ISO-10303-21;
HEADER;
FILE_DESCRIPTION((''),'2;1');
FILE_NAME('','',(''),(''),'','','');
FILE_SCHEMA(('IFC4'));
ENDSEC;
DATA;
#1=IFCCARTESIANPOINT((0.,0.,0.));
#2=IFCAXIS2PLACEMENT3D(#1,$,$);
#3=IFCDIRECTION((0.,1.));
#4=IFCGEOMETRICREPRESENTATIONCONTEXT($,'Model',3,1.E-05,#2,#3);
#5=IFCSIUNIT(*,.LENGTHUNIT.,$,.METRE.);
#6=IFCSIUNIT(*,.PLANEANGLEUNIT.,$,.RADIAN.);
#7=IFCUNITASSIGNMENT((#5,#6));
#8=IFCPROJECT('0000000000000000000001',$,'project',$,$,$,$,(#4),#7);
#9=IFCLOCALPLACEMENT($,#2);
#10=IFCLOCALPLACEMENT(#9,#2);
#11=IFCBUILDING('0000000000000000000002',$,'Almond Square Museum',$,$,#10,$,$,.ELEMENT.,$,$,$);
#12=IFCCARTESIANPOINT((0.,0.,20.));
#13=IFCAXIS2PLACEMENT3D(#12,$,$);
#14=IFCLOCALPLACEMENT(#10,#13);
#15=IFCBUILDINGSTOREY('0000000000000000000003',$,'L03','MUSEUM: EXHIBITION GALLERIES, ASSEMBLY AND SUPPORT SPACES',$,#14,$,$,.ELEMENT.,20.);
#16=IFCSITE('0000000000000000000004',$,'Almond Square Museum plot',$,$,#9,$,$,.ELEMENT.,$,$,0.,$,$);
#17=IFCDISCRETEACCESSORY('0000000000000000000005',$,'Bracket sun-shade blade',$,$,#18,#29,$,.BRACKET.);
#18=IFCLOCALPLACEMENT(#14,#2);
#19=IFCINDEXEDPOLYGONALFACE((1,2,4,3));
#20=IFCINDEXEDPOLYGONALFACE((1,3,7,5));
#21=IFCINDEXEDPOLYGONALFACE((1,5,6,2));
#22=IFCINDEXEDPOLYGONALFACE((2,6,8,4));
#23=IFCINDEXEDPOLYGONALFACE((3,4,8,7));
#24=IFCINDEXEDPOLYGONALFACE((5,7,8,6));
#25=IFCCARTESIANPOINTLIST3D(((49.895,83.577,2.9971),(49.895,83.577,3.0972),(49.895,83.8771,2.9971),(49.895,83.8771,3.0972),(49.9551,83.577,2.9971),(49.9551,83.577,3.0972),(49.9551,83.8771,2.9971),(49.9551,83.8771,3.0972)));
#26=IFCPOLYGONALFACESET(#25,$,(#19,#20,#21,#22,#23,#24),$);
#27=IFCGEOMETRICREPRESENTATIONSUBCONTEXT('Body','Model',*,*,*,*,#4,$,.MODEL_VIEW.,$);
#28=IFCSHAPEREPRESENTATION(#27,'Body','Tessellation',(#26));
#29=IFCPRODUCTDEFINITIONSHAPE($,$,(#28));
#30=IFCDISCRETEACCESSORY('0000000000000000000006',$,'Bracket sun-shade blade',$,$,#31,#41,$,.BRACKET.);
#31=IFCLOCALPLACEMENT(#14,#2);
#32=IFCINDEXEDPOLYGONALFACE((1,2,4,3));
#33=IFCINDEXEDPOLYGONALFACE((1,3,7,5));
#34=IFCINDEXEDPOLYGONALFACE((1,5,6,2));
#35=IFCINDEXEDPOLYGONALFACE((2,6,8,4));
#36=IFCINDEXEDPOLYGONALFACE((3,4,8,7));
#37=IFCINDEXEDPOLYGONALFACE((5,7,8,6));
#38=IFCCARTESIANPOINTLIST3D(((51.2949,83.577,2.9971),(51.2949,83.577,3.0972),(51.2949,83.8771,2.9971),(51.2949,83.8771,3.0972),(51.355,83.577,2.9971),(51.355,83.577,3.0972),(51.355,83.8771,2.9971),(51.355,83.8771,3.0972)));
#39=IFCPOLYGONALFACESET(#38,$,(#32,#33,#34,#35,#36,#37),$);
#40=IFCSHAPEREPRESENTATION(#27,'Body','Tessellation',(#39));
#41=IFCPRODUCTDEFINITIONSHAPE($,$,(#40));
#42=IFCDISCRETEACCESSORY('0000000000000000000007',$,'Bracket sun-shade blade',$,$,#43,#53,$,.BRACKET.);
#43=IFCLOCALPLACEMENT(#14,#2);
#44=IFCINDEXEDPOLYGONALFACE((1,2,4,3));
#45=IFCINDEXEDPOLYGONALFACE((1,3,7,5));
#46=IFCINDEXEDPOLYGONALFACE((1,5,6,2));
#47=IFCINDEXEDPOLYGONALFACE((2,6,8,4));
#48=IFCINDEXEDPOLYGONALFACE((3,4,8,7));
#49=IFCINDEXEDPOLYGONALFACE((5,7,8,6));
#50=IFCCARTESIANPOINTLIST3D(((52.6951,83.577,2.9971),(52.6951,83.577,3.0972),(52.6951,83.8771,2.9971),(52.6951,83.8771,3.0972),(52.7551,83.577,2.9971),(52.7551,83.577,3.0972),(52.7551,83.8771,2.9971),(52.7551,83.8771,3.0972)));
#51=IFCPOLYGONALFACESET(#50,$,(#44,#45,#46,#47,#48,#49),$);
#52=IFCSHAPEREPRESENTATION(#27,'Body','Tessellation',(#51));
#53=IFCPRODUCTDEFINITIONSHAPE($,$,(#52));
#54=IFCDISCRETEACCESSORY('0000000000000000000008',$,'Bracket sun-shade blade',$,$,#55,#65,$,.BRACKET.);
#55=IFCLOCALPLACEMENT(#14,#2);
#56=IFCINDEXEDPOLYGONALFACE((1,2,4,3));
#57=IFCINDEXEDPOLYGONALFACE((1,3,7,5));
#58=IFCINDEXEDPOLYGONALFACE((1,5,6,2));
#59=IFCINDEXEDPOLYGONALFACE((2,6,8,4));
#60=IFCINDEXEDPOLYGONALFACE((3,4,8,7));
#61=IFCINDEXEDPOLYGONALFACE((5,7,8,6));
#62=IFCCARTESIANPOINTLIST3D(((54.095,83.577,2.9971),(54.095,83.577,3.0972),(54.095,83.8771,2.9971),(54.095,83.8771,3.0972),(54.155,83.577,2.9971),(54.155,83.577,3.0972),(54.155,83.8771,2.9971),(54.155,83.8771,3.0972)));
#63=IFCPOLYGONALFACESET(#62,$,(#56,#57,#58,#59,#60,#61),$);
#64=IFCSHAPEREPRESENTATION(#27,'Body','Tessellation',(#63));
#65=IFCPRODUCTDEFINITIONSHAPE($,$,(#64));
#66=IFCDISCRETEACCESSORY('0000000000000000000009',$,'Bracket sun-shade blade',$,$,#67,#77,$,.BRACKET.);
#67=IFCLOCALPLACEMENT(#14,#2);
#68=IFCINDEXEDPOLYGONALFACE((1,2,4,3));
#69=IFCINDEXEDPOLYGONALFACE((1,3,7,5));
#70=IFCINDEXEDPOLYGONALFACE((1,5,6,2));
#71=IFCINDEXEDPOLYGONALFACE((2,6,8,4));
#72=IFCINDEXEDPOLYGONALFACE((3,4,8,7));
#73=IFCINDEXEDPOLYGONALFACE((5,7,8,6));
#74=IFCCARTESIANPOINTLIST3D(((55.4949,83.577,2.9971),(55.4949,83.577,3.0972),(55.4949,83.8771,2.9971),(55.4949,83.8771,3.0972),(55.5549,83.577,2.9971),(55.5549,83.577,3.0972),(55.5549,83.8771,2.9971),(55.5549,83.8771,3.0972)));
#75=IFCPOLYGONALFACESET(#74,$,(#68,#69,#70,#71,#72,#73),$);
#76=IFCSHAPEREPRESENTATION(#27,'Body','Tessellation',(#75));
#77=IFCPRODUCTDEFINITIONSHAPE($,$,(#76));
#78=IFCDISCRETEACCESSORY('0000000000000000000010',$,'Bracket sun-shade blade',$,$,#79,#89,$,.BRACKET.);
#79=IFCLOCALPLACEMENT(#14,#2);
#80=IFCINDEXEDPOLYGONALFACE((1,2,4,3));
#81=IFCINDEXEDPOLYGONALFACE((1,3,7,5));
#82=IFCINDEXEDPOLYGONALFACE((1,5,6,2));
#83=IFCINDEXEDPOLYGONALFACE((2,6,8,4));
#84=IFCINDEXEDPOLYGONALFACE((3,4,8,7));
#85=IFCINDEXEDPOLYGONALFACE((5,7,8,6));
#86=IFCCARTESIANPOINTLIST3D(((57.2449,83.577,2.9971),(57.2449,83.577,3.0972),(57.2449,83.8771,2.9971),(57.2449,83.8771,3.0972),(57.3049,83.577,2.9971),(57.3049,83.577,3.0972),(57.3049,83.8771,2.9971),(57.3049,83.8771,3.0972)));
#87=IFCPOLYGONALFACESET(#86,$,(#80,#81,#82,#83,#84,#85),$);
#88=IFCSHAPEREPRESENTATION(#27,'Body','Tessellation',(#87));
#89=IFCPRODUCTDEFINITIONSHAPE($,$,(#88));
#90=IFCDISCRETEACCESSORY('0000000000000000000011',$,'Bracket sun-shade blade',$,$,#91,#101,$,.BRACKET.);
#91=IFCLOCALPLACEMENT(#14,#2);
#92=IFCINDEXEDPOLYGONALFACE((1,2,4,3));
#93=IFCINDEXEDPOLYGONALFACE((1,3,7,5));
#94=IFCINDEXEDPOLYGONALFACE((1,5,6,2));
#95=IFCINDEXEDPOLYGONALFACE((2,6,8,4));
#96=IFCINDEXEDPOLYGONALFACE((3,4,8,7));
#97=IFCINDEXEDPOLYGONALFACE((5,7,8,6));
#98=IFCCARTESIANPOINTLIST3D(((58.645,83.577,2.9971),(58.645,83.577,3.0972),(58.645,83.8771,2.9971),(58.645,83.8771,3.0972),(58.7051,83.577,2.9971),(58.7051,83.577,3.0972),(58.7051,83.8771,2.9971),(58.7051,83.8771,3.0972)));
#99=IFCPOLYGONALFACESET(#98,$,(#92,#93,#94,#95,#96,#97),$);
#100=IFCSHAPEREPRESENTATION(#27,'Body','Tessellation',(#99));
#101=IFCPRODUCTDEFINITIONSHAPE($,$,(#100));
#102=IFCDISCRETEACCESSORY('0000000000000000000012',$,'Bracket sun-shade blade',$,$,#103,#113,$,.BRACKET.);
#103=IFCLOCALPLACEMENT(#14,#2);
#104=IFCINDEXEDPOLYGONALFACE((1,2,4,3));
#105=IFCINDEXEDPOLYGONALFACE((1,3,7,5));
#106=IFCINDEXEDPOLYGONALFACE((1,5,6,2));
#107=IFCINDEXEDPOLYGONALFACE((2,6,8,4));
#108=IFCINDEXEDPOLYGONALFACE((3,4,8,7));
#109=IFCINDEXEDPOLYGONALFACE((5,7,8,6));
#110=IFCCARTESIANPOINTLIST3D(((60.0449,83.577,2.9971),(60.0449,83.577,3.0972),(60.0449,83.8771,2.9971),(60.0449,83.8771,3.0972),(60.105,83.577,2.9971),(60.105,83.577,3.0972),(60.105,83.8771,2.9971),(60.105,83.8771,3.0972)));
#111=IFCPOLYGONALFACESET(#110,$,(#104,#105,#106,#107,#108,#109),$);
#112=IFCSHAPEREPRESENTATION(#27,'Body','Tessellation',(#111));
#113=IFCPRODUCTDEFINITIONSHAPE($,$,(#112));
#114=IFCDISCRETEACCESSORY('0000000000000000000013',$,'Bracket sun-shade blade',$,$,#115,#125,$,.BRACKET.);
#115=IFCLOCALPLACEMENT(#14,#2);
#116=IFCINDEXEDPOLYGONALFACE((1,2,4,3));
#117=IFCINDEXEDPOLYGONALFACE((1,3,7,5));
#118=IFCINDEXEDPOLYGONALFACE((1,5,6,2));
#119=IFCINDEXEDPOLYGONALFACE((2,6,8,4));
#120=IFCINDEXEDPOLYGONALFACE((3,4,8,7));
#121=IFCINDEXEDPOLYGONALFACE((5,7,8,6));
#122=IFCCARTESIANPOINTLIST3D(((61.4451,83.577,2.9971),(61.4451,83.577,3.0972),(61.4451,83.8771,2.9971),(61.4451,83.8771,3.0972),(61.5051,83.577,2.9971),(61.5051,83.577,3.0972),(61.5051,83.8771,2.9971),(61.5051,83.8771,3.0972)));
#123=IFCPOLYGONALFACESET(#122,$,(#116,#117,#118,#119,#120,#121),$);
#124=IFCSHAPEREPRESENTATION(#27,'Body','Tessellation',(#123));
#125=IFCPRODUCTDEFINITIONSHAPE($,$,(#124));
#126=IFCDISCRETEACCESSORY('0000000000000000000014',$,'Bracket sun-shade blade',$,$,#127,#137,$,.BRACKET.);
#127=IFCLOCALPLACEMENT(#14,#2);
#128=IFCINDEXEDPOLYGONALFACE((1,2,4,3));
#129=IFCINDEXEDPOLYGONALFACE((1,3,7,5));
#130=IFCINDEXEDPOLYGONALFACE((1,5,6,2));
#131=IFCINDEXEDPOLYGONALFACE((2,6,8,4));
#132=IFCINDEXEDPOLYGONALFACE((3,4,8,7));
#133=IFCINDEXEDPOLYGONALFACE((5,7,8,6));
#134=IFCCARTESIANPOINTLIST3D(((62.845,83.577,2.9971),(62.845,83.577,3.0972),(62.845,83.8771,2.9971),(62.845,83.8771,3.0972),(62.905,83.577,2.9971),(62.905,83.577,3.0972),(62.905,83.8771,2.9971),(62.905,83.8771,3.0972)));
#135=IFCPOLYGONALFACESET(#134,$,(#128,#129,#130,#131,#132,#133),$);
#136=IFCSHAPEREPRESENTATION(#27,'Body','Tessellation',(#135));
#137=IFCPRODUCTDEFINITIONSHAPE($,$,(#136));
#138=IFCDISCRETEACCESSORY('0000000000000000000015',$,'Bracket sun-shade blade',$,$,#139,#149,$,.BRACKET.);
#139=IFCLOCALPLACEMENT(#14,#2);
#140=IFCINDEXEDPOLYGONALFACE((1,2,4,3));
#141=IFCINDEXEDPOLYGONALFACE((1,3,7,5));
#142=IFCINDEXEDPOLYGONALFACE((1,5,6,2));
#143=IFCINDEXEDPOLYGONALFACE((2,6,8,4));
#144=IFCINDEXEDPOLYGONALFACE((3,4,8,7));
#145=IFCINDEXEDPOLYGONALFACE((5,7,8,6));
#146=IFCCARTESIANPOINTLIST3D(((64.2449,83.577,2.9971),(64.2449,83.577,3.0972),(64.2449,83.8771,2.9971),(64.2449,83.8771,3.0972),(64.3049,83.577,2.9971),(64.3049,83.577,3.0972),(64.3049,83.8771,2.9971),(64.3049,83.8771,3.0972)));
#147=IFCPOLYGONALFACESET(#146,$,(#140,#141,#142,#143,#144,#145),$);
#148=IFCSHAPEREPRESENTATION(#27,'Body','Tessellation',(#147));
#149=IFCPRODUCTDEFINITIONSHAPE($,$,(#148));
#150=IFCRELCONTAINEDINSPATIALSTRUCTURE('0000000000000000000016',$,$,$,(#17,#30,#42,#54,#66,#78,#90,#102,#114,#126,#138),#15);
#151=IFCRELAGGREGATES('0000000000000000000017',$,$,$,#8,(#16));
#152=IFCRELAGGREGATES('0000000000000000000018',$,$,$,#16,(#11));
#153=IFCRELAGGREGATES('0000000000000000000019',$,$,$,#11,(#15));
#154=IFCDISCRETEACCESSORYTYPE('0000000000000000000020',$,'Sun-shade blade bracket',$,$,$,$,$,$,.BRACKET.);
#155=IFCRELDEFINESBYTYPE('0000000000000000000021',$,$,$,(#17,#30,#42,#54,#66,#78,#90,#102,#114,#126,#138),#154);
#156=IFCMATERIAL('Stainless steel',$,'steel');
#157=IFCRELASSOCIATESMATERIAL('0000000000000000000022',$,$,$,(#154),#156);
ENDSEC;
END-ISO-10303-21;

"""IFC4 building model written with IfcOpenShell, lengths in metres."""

from ifc_helpers import new_model, si_unit, direction, frame, origin, origin_2d, place, context, subcontext, project, spatial, rectangle, extrude, material, type_object, element, save


model = new_model("IFC4")

# Units and contexts
model_context = context("Model", 3, precision=1e-05, world=origin(), true_north=direction((0.0, 1.0)))
body_context = subcontext(model_context, "Body", "Model", "MODEL_VIEW")
ifc_project = project(units=[si_unit("LENGTHUNIT", "METRE"), si_unit("PLANEANGLEUNIT", "RADIAN")], contexts=[model_context])

# Site, building, storey
site_placement = place(None, origin())
site = spatial("IfcSite", under=ifc_project, at=site_placement, Name="Almond Square Museum plot", CompositionType="ELEMENT", RefElevation=0.0)
building_placement = place(site_placement, origin())
building = spatial("IfcBuilding", under=site, at=building_placement, Name="Almond Square Museum", CompositionType="ELEMENT")
storey_placement = place(building_placement, frame((0.0, 0.0, 20.0)))
storey = spatial("IfcBuildingStorey", under=building, at=storey_placement, Name="L03", Description="MUSEUM: EXHIBITION GALLERIES, ASSEMBLY AND SUPPORT SPACES", CompositionType="ELEMENT", Elevation=20.0)

# Discrete accessories
ifc_material_1 = material(Name="Stainless steel", Category="steel")
discrete_accessory_type = type_object("IfcDiscreteAccessoryType", Name="Sun-shade blade bracket", PredefinedType="BRACKET", material=ifc_material_1)
for number, where, z_axis, x_axis, name in (
    (1, (49.925, 83.7271, 2.9971), (0.0, 0.0, 1.0), (1.0, 0.0, 0.0), "Bracket sun-shade blade"),
    (2, (51.325, 83.7271, 2.9971), (0.0, 0.0, 1.0), (1.0, 0.0, 0.0), "Bracket sun-shade blade"),
    (3, (52.7251, 83.7271, 2.9971), (0.0, 0.0, 1.0), (1.0, 0.0, 0.0), "Bracket sun-shade blade"),
    (4, (54.125, 83.7271, 2.9971), (0.0, 0.0, 1.0), (1.0, 0.0, 0.0), "Bracket sun-shade blade"),
    (5, (55.5249, 83.7271, 2.9971), (0.0, 0.0, 1.0), (1.0, 0.0, 0.0), "Bracket sun-shade blade"),
    (6, (57.2749, 83.7271, 2.9971), (0.0, 0.0, 1.0), (1.0, 0.0, 0.0), "Bracket sun-shade blade"),
    (7, (58.675, 83.7271, 2.9971), (0.0, 0.0, 1.0), (1.0, 0.0, 0.0), "Bracket sun-shade blade"),
    (8, (60.075, 83.7271, 2.9971), (0.0, 0.0, 1.0), (1.0, 0.0, 0.0), "Bracket sun-shade blade"),
    (9, (61.4751, 83.7271, 2.9971), (0.0, 0.0, 1.0), (1.0, 0.0, 0.0), "Bracket sun-shade blade"),
    (10, (62.875, 83.7271, 2.9971), (0.0, 0.0, 1.0), (1.0, 0.0, 0.0), "Bracket sun-shade blade"),
    (11, (64.2749, 83.7271, 2.9971), (0.0, 0.0, 1.0), (1.0, 0.0, 0.0), "Bracket sun-shade blade"),
):
    element("IfcDiscreteAccessory", number, at=place(storey_placement, frame(where, z_axis=z_axis, x_axis=x_axis)), inside=storey, type_object=discrete_accessory_type, Name=name, PredefinedType="BRACKET", context=body_context, shape_type="SweptSolid", body=[
        extrude(rectangle(XDim=0.0601, YDim=0.3, at=origin_2d()), origin(), (0.0, 0.0, 1.0), 0.1001),
    ])

save(model, "model.ifc")
